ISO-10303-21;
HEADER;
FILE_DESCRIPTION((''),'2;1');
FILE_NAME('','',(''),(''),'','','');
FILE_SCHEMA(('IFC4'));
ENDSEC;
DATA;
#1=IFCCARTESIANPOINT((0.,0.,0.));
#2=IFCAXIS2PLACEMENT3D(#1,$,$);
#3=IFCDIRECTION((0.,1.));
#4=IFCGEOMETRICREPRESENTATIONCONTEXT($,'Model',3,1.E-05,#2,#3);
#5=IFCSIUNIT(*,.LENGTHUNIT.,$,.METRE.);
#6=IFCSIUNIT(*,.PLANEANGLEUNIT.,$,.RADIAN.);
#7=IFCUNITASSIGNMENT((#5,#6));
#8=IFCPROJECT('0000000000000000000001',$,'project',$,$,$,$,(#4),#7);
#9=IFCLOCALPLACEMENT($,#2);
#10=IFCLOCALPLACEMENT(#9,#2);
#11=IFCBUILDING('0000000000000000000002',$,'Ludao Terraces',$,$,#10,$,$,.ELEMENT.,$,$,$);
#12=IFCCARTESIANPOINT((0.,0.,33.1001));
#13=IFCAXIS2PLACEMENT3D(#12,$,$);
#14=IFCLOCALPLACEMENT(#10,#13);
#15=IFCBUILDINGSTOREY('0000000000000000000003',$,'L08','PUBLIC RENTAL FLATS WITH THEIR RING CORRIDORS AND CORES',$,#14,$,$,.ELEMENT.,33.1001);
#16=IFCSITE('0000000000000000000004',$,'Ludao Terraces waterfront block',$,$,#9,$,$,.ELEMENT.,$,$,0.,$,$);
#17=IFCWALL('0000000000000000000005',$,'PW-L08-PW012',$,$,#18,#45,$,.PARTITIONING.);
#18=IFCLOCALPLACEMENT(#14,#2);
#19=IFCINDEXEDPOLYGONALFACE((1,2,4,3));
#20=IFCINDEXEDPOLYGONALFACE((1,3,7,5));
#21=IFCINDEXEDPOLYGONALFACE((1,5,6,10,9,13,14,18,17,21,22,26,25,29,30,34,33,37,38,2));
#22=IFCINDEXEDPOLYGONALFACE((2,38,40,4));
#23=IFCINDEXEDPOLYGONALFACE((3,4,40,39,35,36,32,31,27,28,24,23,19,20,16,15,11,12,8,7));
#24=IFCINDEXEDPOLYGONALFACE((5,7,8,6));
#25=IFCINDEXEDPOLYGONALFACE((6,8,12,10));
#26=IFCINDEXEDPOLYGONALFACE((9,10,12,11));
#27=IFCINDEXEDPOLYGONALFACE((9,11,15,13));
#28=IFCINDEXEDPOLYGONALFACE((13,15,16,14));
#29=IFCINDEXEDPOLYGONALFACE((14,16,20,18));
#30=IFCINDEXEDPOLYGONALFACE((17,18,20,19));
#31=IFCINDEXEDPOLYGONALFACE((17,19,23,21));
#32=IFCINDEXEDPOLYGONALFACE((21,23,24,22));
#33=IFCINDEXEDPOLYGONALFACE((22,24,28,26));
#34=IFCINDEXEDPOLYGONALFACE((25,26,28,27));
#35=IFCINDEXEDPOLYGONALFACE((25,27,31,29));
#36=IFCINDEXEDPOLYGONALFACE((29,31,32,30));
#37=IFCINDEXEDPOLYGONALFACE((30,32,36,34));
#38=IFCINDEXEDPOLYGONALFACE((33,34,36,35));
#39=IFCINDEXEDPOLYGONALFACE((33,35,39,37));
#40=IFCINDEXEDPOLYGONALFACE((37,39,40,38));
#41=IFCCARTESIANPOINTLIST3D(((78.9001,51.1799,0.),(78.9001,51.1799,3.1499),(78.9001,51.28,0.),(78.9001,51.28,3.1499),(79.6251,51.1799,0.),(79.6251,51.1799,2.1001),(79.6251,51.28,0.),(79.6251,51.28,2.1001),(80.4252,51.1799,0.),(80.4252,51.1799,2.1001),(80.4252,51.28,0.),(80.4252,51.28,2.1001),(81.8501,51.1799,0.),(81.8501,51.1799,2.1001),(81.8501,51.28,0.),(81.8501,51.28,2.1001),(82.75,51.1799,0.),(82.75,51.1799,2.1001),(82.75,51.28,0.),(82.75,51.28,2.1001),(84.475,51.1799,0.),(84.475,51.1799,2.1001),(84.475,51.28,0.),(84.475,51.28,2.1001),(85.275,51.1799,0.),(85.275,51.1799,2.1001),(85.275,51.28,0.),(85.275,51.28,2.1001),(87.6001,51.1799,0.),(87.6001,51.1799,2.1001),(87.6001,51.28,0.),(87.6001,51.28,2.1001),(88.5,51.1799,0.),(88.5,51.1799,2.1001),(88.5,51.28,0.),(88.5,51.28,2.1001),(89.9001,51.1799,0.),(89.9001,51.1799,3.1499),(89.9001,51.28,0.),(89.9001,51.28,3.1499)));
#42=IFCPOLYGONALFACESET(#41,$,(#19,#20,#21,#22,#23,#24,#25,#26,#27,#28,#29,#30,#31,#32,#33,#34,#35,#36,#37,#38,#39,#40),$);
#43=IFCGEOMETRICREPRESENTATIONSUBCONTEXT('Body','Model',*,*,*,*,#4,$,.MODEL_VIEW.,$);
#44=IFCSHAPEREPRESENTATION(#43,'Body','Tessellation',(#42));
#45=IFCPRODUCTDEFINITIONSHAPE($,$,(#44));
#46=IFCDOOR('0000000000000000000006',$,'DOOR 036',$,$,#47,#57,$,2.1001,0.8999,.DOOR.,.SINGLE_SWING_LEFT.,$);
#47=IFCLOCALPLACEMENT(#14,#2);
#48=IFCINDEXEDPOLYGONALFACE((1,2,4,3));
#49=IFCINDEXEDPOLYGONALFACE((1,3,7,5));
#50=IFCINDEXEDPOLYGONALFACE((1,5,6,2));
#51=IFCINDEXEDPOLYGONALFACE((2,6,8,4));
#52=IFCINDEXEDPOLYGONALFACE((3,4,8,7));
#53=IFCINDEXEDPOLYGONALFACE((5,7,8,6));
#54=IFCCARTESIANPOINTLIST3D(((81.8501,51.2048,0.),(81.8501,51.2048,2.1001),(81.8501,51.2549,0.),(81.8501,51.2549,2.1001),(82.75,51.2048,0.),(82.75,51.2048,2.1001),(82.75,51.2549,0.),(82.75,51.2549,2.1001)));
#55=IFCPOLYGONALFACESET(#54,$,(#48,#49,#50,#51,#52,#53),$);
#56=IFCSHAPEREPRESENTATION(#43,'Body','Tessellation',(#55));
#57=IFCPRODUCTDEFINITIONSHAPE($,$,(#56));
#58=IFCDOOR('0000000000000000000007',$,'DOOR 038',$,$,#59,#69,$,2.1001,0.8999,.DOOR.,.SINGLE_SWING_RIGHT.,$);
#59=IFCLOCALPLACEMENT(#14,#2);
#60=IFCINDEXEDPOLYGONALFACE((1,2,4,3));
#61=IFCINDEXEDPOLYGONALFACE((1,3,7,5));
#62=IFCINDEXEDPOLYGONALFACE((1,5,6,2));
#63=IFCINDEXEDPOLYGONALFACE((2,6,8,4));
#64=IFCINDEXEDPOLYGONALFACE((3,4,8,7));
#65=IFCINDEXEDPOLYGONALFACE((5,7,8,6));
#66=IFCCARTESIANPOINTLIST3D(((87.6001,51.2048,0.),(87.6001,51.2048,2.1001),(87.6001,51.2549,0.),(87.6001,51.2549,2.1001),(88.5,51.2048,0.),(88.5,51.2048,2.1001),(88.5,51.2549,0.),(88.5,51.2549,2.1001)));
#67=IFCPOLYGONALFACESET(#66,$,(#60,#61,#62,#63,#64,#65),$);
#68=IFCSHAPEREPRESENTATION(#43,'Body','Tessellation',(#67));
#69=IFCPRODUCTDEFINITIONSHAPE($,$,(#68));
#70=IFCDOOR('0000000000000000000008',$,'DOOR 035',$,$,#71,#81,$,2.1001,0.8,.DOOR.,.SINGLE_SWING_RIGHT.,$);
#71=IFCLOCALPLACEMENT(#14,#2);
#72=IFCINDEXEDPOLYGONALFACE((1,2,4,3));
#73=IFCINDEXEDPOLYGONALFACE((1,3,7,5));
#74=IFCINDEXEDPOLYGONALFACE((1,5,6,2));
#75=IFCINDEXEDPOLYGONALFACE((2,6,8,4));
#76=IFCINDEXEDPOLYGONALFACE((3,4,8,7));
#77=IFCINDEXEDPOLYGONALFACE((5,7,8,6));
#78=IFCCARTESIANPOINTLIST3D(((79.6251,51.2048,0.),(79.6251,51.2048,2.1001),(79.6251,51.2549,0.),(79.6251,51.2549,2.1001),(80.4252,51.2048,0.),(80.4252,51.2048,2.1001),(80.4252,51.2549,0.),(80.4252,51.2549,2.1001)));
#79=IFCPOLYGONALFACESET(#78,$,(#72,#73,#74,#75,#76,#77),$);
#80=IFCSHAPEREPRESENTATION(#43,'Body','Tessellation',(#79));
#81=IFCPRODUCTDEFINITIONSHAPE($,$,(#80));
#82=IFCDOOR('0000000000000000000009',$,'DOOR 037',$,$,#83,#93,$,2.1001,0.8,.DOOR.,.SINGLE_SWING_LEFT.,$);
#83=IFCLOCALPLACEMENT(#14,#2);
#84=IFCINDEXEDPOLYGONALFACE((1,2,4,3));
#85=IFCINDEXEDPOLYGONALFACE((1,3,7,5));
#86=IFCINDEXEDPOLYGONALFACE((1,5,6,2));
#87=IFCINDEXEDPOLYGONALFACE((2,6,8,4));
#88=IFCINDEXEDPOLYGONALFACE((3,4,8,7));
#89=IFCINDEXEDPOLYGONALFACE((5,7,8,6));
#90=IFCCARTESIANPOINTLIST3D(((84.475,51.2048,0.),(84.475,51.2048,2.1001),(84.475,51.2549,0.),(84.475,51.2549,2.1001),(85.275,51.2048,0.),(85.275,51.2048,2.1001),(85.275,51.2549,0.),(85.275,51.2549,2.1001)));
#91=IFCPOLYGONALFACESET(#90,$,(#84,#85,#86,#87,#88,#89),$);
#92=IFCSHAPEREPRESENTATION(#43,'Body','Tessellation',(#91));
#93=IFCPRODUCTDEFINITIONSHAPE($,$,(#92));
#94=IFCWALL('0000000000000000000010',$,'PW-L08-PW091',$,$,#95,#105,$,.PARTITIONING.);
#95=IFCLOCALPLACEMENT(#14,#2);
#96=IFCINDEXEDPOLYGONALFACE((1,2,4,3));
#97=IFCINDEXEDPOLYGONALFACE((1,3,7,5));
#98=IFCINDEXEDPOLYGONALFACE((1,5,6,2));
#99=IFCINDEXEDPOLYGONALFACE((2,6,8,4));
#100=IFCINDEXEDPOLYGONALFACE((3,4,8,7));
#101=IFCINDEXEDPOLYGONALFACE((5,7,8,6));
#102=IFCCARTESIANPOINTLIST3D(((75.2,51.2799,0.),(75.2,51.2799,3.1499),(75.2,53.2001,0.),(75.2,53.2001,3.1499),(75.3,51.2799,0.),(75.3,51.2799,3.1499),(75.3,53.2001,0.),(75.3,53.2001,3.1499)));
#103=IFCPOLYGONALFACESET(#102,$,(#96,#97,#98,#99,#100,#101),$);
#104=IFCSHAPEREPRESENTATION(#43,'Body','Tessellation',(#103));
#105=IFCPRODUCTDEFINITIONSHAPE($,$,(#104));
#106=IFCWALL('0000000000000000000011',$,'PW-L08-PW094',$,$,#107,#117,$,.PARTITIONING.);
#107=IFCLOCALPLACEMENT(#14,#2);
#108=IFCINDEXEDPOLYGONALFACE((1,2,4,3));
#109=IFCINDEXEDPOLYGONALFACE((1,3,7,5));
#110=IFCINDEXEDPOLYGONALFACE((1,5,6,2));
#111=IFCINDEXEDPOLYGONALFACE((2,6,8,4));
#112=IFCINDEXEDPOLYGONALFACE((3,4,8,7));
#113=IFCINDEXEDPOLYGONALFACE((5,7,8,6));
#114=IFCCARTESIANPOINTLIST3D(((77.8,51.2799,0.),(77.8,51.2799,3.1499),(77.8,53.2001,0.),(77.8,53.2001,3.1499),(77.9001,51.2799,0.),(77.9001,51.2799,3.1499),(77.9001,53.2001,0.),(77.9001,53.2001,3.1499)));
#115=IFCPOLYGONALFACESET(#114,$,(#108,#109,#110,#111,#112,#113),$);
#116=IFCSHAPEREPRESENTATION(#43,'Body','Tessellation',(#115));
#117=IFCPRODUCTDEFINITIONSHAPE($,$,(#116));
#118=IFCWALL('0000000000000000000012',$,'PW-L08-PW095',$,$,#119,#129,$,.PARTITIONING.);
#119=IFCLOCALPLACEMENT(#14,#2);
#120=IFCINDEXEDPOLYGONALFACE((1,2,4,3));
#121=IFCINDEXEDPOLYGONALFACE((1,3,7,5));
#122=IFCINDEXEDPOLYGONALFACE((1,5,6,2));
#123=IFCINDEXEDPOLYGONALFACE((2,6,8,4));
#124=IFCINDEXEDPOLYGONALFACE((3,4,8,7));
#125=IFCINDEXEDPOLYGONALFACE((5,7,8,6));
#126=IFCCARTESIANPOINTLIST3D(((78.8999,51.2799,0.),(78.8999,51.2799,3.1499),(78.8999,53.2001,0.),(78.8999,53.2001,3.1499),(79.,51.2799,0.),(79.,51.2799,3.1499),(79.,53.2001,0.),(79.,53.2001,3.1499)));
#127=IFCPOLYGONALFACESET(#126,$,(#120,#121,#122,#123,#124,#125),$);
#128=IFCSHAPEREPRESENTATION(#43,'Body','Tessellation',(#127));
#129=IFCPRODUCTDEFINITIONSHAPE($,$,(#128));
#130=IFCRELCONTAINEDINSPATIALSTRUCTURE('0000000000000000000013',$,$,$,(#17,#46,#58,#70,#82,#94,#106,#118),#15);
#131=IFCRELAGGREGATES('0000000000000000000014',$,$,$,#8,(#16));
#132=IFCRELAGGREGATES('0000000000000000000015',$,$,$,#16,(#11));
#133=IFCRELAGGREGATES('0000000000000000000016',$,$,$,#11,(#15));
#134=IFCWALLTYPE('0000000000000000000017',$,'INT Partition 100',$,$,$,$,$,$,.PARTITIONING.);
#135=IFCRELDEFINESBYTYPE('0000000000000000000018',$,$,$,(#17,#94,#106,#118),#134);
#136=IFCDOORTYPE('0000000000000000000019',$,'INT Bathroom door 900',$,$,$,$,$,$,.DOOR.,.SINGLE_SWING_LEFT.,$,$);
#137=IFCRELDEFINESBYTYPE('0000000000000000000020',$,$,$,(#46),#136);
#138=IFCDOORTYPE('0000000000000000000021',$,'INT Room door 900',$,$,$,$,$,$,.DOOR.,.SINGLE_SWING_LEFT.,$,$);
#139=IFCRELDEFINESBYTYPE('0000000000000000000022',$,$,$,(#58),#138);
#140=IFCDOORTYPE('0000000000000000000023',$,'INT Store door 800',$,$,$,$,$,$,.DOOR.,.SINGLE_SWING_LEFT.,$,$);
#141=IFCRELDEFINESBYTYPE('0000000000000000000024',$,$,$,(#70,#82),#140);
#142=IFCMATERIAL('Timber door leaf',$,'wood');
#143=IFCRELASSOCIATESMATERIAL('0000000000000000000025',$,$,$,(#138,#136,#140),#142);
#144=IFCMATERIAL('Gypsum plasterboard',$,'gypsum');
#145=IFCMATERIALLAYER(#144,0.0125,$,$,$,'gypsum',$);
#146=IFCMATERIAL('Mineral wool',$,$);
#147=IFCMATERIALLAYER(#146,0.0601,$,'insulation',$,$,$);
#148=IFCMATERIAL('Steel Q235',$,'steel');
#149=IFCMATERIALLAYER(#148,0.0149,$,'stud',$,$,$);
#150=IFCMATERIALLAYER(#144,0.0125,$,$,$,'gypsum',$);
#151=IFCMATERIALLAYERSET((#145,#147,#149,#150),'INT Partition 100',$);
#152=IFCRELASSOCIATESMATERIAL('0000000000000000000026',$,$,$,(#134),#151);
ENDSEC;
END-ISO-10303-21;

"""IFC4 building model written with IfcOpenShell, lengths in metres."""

from ifc_helpers import new_model, si_unit, direction, frame, frame_2d, origin, place, context, subcontext, project, spatial, rectangle, extrude, material, layer, layer_set, type_object, element, fill, save


model = new_model("IFC4")

# Units and contexts
model_context = context("Model", 3, precision=1e-05, world=origin(), true_north=direction((0.0, 1.0)))
body_context = subcontext(model_context, "Body", "Model", "MODEL_VIEW")
ifc_project = project(units=[si_unit("LENGTHUNIT", "METRE"), si_unit("PLANEANGLEUNIT", "RADIAN")], contexts=[model_context])

# Site, building, storey
site_placement = place(None, origin())
site = spatial("IfcSite", under=ifc_project, at=site_placement, Name="Ludao Terraces waterfront block", CompositionType="ELEMENT", RefElevation=0.0)
building_placement = place(site_placement, origin())
building = spatial("IfcBuilding", under=site, at=building_placement, Name="Ludao Terraces", CompositionType="ELEMENT")
storey_placement = place(building_placement, frame((0.0, 0.0, 33.1001)))
storey = spatial("IfcBuildingStorey", under=building, at=storey_placement, Name="L08", Description="PUBLIC RENTAL FLATS WITH THEIR RING CORRIDORS AND CORES", CompositionType="ELEMENT", Elevation=33.1001)

# Wall, openings, doors
ifc_material_1 = material(Name="Steel Q235", Category="steel")
ifc_material_2 = material(Name="Timber door leaf", Category="wood")
door_type_1 = type_object("IfcDoorType", Name="INT Room door 900", OperationType="SINGLE_SWING_LEFT", PredefinedType="DOOR", material=ifc_material_2)
ifc_material_3 = material(Name="Gypsum plasterboard", Category="gypsum")
ifc_layer_1 = layer(ifc_material_3, 0.0125, Category="gypsum")
ifc_material_4 = material(Name="Mineral wool")
ifc_layer_2 = layer(ifc_material_4, 0.0601, Name="insulation")
ifc_layer_3 = layer(ifc_material_1, 0.0149, Name="stud")
ifc_layer_4 = layer(ifc_material_3, 0.0125, Category="gypsum")
ifc_layer_set_1 = layer_set([ifc_layer_1, ifc_layer_2, ifc_layer_3, ifc_layer_4], Name="INT Partition 100")
wall_type_1 = type_object("IfcWallType", Name="INT Partition 100", PredefinedType="PARTITIONING", material=ifc_layer_set_1)
wall_1_placement = place(storey_placement, frame((78.9001, 51.23, 0.0), z_axis=(0.0, 0.0, 1.0), x_axis=(1.0, 0.0, 0.0)))
wall_1 = element("IfcWall", 1, at=wall_1_placement, inside=storey, type_object=wall_type_1, Name="PW-L08-PW012", PredefinedType="PARTITIONING", context=body_context, shape_type="SweptSolid", body=[
    extrude(rectangle(XDim=11.0, YDim=0.1001, at=frame_2d((5.5, 0.0))), origin(), (0.0, 0.0, 1.0), 3.1499),
])
opening_1_placement = place(wall_1_placement, frame((0.7251, 0.0, 0.0)))
opening_1 = element("IfcOpeningElement", 2, at=opening_1_placement, cuts=wall_1, PredefinedType="OPENING", context=body_context, shape_type="SweptSolid", body=[
    extrude(rectangle(XDim=0.8, YDim=2.1001, at=frame_2d((0.3999, 1.05))), frame((0.0, 0.0601, 0.0), z_axis=(0.0, -1.0, 0.0), x_axis=(1.0, 0.0, 0.0)), (0.0, 0.0, 1.0), 0.1201),
])
opening_2_placement = place(wall_1_placement, frame((2.95, 0.0, 0.0)))
opening_2 = element("IfcOpeningElement", 3, at=opening_2_placement, cuts=wall_1, PredefinedType="OPENING", context=body_context, shape_type="SweptSolid", body=[
    extrude(rectangle(XDim=0.8999, YDim=2.1001, at=frame_2d((0.45, 1.05))), frame((0.0, 0.0601, 0.0), z_axis=(0.0, -1.0, 0.0), x_axis=(1.0, 0.0, 0.0)), (0.0, 0.0, 1.0), 0.1201),
])
opening_3_placement = place(wall_1_placement, frame((5.575, 0.0, 0.0)))
opening_3 = element("IfcOpeningElement", 4, at=opening_3_placement, cuts=wall_1, PredefinedType="OPENING", context=body_context, shape_type="SweptSolid", body=[
    extrude(rectangle(XDim=0.8, YDim=2.1001, at=frame_2d((0.3999, 1.05))), frame((0.0, 0.0601, 0.0), z_axis=(0.0, -1.0, 0.0), x_axis=(1.0, 0.0, 0.0)), (0.0, 0.0, 1.0), 0.1201),
])
opening_4_placement = place(wall_1_placement, frame((8.7, 0.0, 0.0)))
opening_4 = element("IfcOpeningElement", 5, at=opening_4_placement, cuts=wall_1, PredefinedType="OPENING", context=body_context, shape_type="SweptSolid", body=[
    extrude(rectangle(XDim=0.8999, YDim=2.1001, at=frame_2d((0.45, 1.05))), frame((0.0, 0.0601, 0.0), z_axis=(0.0, -1.0, 0.0), x_axis=(1.0, 0.0, 0.0)), (0.0, 0.0, 1.0), 0.1201),
])
door_type_2 = type_object("IfcDoorType", Name="INT Bathroom door 900", OperationType="SINGLE_SWING_LEFT", PredefinedType="DOOR", material=ifc_material_2)
door_1_placement = place(opening_2_placement, origin())
door_1 = element("IfcDoor", 6, at=door_1_placement, inside=storey, type_object=door_type_2, Name="DOOR 036", OperationType="SINGLE_SWING_LEFT", OverallHeight=2.1001, OverallWidth=0.8999, PredefinedType="DOOR", context=body_context, shape_type="SweptSolid", body=[
    extrude(rectangle(XDim=0.8999, YDim=2.1001, at=frame_2d((0.45, 1.05))), frame((0.0, 0.0249, 0.0), z_axis=(0.0, -1.0, 0.0), x_axis=(1.0, 0.0, 0.0)), (0.0, 0.0, 1.0), 0.05),
])
fill(opening_2, door_1)
door_2_placement = place(opening_4_placement, origin())
door_2 = element("IfcDoor", 7, at=door_2_placement, inside=storey, type_object=door_type_1, Name="DOOR 038", OperationType="SINGLE_SWING_RIGHT", OverallHeight=2.1001, OverallWidth=0.8999, PredefinedType="DOOR", context=body_context, shape_type="SweptSolid", body=[
    extrude(rectangle(XDim=0.8999, YDim=2.1001, at=frame_2d((0.45, 1.05))), frame((0.0, 0.0249, 0.0), z_axis=(0.0, -1.0, 0.0), x_axis=(1.0, 0.0, 0.0)), (0.0, 0.0, 1.0), 0.05),
])
fill(opening_4, door_2)
door_type_3 = type_object("IfcDoorType", Name="INT Store door 800", OperationType="SINGLE_SWING_LEFT", PredefinedType="DOOR", material=ifc_material_2)
door_3_placement = place(opening_1_placement, origin())
door_3 = element("IfcDoor", 8, at=door_3_placement, inside=storey, type_object=door_type_3, Name="DOOR 035", OperationType="SINGLE_SWING_RIGHT", OverallHeight=2.1001, OverallWidth=0.8, PredefinedType="DOOR", context=body_context, shape_type="SweptSolid", body=[
    extrude(rectangle(XDim=0.8, YDim=2.1001, at=frame_2d((0.3999, 1.05))), frame((0.0, 0.0249, 0.0), z_axis=(0.0, -1.0, 0.0), x_axis=(1.0, 0.0, 0.0)), (0.0, 0.0, 1.0), 0.05),
])
fill(opening_1, door_3)
door_4_placement = place(opening_3_placement, origin())
door_4 = element("IfcDoor", 9, at=door_4_placement, inside=storey, type_object=door_type_3, Name="DOOR 037", OperationType="SINGLE_SWING_LEFT", OverallHeight=2.1001, OverallWidth=0.8, PredefinedType="DOOR", context=body_context, shape_type="SweptSolid", body=[
    extrude(rectangle(XDim=0.8, YDim=2.1001, at=frame_2d((0.3999, 1.05))), frame((0.0, 0.0249, 0.0), z_axis=(0.0, -1.0, 0.0), x_axis=(1.0, 0.0, 0.0)), (0.0, 0.0, 1.0), 0.05),
])
fill(opening_3, door_4)

# Walls
for number, where, z_axis, x_axis, name in (
    (10, (75.25, 51.28, 0.0), (0.0, 0.0, 1.0), (0.0, 1.0, 0.0), "PW-L08-PW091"),
    (11, (77.8501, 51.28, 0.0), (0.0, 0.0, 1.0), (0.0, 1.0, 0.0), "PW-L08-PW094"),
    (12, (78.95, 51.28, 0.0), (0.0, 0.0, 1.0), (0.0, 1.0, 0.0), "PW-L08-PW095"),
):
    element("IfcWall", number, at=place(storey_placement, frame(where, z_axis=z_axis, x_axis=x_axis)), inside=storey, type_object=wall_type_1, Name=name, PredefinedType="PARTITIONING", context=body_context, shape_type="SweptSolid", body=[
        extrude(rectangle(XDim=1.9202, YDim=0.1001, at=frame_2d((0.96, 0.0))), origin(), (0.0, 0.0, 1.0), 3.1499),
    ])

save(model, "model.ifc")
